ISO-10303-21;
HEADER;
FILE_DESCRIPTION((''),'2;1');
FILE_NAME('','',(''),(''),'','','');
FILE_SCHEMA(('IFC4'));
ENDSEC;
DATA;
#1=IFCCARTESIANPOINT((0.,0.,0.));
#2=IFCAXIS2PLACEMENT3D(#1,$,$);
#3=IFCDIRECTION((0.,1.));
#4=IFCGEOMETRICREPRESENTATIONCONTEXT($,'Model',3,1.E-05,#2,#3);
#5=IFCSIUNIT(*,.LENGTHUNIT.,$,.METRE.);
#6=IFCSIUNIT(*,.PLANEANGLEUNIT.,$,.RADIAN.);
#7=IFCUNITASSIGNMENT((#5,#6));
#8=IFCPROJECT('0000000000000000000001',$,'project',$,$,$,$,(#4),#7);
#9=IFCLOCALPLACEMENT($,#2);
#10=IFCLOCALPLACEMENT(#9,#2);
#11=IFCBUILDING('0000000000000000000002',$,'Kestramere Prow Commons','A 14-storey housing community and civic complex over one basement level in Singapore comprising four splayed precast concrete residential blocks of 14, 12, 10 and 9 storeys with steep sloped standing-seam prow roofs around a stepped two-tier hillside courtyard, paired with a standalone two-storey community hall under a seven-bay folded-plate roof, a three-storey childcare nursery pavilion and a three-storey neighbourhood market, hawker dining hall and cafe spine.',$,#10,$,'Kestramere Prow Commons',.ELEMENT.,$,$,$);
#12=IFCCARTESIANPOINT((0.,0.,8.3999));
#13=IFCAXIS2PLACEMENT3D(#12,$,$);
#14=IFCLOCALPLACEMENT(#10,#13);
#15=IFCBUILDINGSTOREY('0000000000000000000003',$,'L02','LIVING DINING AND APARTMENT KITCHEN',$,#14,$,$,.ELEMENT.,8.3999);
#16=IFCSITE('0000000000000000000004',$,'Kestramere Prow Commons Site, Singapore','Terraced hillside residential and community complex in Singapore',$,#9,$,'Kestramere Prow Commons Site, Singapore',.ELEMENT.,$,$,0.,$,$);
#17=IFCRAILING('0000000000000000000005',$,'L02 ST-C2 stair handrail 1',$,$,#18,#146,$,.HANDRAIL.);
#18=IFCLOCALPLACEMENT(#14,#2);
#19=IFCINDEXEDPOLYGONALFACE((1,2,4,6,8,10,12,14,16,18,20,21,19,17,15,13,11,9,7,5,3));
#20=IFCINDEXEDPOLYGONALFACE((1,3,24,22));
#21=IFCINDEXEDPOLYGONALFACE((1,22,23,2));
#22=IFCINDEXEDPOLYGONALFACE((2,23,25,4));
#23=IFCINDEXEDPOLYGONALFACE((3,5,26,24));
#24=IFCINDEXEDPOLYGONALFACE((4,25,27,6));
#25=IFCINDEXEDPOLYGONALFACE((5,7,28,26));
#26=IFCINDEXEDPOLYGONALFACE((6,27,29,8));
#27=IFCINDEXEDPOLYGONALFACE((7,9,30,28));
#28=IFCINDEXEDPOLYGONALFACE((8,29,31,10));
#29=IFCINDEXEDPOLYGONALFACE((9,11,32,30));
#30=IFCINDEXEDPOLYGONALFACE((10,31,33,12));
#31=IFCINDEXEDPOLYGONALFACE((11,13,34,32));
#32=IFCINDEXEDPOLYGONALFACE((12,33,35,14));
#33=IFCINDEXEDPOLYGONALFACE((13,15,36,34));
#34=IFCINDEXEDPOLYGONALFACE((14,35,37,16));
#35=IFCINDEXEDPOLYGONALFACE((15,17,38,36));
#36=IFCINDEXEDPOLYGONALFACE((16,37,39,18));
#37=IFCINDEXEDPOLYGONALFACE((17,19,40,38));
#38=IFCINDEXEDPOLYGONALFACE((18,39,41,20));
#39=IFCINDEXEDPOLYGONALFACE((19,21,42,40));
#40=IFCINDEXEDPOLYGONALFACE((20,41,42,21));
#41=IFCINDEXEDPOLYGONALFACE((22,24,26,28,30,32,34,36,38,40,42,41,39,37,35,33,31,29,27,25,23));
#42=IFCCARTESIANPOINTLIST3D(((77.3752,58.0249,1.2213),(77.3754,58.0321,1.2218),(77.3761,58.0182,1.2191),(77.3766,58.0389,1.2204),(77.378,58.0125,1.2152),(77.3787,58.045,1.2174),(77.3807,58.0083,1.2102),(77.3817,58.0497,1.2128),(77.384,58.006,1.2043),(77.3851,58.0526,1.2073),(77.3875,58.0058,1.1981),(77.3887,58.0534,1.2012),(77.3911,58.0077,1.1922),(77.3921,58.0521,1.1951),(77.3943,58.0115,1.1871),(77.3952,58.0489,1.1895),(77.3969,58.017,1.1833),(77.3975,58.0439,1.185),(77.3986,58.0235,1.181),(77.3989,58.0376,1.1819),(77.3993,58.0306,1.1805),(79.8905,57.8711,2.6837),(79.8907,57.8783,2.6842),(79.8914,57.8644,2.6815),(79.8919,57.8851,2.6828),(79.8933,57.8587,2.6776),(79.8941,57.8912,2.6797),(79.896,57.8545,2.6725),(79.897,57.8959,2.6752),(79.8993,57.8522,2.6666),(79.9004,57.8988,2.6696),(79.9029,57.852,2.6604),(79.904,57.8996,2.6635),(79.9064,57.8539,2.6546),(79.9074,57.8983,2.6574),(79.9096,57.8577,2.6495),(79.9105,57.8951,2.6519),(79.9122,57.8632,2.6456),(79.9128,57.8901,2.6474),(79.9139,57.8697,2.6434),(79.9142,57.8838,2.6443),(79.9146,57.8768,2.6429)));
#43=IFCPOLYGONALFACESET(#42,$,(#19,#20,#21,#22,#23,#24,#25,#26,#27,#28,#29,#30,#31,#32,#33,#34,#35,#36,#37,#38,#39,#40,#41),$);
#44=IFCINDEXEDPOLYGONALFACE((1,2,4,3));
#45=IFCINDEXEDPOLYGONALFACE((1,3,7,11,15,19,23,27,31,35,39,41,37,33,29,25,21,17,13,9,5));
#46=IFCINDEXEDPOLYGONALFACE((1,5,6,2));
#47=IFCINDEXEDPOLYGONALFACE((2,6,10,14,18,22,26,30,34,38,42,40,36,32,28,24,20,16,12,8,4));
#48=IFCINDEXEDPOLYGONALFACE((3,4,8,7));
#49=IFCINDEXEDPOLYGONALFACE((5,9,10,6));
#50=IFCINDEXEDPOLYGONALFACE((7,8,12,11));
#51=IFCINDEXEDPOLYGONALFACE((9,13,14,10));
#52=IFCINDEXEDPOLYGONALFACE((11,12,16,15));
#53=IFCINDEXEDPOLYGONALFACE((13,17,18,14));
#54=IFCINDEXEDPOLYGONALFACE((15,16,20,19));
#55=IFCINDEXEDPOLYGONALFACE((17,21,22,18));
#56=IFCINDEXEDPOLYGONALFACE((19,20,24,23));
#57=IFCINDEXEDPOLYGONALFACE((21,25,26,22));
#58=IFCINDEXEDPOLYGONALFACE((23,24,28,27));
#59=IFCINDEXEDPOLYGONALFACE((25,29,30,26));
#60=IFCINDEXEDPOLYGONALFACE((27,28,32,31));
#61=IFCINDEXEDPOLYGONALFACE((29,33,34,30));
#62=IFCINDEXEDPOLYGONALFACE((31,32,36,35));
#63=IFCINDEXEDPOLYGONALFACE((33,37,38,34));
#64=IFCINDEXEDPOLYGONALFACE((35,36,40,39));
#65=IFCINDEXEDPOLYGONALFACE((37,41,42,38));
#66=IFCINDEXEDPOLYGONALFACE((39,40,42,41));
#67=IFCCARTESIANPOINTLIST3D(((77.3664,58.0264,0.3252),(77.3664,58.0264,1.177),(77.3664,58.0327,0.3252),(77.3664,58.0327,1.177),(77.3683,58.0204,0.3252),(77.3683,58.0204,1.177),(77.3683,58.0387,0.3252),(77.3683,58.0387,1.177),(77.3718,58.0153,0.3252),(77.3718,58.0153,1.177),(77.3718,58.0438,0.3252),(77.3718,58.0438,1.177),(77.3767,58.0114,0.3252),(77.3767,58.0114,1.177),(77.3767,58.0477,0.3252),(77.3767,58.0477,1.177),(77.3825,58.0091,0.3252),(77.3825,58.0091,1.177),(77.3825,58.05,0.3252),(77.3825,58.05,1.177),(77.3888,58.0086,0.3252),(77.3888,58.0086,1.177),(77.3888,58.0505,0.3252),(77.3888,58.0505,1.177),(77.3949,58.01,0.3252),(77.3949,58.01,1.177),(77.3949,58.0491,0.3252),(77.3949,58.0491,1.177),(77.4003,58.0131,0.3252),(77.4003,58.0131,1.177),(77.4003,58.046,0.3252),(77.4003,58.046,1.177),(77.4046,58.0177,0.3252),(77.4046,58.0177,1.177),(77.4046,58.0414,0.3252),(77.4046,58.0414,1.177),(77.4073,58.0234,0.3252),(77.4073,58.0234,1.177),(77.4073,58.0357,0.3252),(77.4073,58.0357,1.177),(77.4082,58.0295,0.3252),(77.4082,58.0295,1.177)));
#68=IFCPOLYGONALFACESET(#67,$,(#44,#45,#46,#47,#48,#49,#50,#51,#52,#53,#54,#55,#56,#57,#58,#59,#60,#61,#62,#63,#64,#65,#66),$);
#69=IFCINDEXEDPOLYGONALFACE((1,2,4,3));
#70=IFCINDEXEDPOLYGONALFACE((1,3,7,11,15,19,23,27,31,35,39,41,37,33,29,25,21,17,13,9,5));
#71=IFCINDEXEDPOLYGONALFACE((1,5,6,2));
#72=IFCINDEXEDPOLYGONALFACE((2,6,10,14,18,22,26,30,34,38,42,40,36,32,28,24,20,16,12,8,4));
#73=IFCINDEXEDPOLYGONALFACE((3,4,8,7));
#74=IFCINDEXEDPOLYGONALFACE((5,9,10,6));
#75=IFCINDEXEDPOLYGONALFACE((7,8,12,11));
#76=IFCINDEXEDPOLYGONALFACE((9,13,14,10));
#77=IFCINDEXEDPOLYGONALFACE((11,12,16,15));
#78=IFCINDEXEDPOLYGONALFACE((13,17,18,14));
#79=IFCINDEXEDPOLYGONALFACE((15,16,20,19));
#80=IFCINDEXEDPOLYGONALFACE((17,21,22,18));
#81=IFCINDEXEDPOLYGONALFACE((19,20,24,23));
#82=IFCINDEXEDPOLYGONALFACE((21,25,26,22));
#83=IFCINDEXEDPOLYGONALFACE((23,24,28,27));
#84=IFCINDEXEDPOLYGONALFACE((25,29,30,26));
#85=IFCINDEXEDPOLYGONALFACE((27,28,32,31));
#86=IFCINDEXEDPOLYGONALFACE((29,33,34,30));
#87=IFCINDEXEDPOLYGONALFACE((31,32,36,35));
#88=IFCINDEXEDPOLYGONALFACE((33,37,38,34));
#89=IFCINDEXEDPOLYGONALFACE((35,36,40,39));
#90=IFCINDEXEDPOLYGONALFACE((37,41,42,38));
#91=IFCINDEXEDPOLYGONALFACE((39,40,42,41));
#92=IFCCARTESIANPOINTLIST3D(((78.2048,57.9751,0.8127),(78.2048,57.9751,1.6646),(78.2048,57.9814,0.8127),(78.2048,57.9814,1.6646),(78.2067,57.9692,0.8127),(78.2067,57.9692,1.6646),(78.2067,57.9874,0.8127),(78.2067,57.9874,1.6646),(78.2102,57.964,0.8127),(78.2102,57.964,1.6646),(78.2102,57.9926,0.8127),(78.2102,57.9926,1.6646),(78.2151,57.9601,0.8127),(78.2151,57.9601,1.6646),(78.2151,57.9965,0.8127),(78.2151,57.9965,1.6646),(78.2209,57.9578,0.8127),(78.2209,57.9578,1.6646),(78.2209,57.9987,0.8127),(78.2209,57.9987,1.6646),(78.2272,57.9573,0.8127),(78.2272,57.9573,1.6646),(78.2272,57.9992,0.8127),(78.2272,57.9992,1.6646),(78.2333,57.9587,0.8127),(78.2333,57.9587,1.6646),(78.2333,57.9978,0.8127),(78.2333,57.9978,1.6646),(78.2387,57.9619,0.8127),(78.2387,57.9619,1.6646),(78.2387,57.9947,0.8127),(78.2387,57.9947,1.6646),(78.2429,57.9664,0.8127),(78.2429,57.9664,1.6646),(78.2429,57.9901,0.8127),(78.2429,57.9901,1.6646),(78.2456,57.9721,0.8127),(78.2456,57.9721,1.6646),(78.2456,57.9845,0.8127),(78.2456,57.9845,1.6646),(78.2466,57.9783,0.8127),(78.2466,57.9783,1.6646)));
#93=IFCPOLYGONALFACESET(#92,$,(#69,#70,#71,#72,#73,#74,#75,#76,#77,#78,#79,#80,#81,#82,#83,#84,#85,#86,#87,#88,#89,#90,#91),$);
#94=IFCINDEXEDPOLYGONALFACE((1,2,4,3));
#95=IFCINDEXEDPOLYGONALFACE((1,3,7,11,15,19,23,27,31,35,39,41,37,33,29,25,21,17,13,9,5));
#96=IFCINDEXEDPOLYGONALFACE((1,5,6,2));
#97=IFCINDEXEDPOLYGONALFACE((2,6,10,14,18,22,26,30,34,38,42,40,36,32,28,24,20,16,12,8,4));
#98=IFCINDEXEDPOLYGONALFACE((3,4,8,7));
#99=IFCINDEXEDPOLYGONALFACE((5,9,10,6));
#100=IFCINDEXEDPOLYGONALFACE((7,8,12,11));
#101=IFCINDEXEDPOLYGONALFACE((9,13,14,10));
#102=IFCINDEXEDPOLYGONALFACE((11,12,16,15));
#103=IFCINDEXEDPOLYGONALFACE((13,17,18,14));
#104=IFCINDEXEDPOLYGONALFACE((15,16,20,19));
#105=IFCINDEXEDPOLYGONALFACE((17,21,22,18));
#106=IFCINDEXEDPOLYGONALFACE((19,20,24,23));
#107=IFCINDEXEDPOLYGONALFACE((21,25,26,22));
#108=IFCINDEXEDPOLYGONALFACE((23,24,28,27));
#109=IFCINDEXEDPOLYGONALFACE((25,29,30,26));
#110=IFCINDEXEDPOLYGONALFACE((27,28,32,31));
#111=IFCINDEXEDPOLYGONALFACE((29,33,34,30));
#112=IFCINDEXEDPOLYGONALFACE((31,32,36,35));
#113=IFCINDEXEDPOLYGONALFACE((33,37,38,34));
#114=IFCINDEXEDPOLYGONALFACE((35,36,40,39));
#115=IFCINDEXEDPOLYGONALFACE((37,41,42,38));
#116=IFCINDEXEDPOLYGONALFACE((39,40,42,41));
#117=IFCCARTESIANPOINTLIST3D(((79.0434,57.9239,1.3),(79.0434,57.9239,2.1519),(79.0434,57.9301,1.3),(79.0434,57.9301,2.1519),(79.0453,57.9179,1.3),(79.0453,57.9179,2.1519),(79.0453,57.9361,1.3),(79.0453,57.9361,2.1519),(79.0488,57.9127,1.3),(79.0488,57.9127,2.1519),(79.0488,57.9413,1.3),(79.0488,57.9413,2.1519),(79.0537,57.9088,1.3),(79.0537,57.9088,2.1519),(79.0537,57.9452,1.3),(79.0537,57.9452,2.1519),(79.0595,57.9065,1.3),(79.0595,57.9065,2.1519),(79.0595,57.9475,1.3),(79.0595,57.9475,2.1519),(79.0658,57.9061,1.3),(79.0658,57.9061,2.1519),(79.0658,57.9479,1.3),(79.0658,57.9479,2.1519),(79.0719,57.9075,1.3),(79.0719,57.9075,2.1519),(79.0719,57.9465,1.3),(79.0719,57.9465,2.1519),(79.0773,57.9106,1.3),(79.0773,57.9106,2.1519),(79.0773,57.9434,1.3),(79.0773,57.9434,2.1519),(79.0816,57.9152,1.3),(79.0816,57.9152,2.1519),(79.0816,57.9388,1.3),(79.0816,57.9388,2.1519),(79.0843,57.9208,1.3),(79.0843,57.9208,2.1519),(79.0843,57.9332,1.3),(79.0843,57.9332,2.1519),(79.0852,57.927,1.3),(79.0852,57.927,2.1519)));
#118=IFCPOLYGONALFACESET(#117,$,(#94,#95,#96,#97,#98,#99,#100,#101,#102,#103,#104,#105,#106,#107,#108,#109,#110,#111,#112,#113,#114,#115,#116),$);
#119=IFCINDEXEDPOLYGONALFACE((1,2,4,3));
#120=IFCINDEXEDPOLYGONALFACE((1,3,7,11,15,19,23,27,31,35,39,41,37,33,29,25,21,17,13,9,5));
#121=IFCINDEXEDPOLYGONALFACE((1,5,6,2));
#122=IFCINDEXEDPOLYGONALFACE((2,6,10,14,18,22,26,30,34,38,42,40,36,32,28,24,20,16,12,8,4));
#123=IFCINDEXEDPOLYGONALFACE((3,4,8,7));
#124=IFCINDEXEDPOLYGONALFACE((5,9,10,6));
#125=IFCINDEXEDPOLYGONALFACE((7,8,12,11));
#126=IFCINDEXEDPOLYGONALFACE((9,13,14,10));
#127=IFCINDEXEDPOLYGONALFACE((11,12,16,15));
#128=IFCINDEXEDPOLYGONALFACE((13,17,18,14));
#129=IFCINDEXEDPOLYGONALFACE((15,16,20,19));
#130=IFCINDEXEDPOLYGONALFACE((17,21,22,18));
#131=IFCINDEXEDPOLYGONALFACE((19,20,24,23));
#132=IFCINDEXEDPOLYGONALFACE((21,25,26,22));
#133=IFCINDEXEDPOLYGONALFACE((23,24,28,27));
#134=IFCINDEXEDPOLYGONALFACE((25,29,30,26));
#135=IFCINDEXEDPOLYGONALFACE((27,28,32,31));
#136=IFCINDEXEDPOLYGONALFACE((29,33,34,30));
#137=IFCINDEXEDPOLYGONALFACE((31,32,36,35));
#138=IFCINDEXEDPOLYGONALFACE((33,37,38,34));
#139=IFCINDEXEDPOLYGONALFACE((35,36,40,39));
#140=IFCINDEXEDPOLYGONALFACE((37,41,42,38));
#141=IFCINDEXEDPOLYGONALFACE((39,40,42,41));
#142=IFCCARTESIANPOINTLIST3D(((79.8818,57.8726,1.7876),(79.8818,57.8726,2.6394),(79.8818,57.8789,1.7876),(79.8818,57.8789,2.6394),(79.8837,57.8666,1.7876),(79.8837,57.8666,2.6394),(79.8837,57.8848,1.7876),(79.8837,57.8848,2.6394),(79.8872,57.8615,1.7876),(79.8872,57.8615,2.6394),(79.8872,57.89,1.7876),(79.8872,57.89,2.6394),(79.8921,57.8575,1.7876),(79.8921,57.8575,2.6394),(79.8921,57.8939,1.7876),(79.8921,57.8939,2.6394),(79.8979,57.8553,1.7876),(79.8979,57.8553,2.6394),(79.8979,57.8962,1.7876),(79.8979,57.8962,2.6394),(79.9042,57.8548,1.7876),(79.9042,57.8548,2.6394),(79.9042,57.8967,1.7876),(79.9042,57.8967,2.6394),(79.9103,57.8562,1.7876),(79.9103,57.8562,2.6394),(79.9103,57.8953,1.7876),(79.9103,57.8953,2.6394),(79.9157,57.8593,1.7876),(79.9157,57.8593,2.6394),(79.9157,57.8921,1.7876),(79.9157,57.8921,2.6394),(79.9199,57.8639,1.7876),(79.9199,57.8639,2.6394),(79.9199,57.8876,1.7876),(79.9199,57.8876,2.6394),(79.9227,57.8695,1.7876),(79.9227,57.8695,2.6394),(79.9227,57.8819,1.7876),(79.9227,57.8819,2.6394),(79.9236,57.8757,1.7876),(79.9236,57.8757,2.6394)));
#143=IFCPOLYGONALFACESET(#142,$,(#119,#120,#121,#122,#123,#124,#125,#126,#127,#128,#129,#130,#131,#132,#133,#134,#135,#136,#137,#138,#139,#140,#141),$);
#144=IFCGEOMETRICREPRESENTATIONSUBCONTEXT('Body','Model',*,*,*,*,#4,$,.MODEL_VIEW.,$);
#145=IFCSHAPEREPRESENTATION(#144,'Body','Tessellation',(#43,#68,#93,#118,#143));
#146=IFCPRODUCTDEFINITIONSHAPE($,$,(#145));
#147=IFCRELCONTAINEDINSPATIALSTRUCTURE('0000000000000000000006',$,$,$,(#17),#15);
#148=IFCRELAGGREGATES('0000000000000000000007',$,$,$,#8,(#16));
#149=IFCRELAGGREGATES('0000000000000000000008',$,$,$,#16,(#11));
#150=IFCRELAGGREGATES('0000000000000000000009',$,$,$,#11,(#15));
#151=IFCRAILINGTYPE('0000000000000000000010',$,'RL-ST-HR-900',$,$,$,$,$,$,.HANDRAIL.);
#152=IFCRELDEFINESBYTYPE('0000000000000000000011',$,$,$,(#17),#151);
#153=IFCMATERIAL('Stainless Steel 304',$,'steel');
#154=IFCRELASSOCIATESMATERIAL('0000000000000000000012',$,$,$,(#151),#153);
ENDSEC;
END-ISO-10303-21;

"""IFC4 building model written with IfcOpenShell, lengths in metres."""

from ifc_helpers import new_model, si_unit, direction, frame, origin, origin_2d, place, context, subcontext, project, spatial, circle, extrude, material, type_object, element, save


model = new_model("IFC4")

# Units and contexts
model_context = context("Model", 3, precision=1e-05, world=origin(), true_north=direction((0.0, 1.0)))
body_context = subcontext(model_context, "Body", "Model", "MODEL_VIEW")
ifc_project = project(units=[si_unit("LENGTHUNIT", "METRE"), si_unit("PLANEANGLEUNIT", "RADIAN")], contexts=[model_context])

# Site, building, storey
site_placement = place(None, origin())
site = spatial("IfcSite", under=ifc_project, at=site_placement, Name="Kestramere Prow Commons Site, Singapore", Description="Terraced hillside residential and community complex in Singapore", LongName="Kestramere Prow Commons Site, Singapore", CompositionType="ELEMENT", RefElevation=0.0)
building_placement = place(site_placement, origin())
building = spatial("IfcBuilding", under=site, at=building_placement, Name="Kestramere Prow Commons", Description="A 14-storey housing community and civic complex over one basement level in Singapore comprising four splayed precast concrete residential blocks of 14, 12, 10 and 9 storeys with steep sloped standing-seam prow roofs around a stepped two-tier hillside courtyard, paired with a standalone two-storey community hall under a seven-bay folded-plate roof, a three-storey childcare nursery pavilion and a three-storey neighbourhood market, hawker dining hall and cafe spine.", LongName="Kestramere Prow Commons", CompositionType="ELEMENT")
storey_placement = place(building_placement, frame((0.0, 0.0, 8.3999)))
storey = spatial("IfcBuildingStorey", under=building, at=storey_placement, Name="L02", Description="LIVING DINING AND APARTMENT KITCHEN", CompositionType="ELEMENT", Elevation=8.3999)

# Railing
ifc_material_1 = material(Name="Stainless Steel 304", Category="steel")
railing_type = type_object("IfcRailingType", Name="RL-ST-HR-900", PredefinedType="HANDRAIL", material=ifc_material_1)
railing_placement = place(storey_placement, frame((77.3872, 58.0295, 0.3252)))
element("IfcRailing", 1, at=railing_placement, inside=storey, type_object=railing_type, Name="L02 ST-C2 stair handrail 1", PredefinedType="HANDRAIL", context=body_context, shape_type="SweptSolid", body=[
    extrude(circle(Radius=0.0239, at=origin_2d()), frame((0.0, 0.0, 0.876), z_axis=(0.863306, -0.052789, 0.501912), x_axis=(0.061033, 0.998136, 0.0)), (0.0, 0.0, 1.0), 2.9136),
    extrude(circle(Radius=0.021, at=origin_2d()), origin(), (0.0, 0.0, 1.0), 0.8518),
    extrude(circle(Radius=0.021, at=origin_2d()), frame((0.8384, -0.0513, 0.4875)), (0.0, 0.0, 1.0), 0.8518),
    extrude(circle(Radius=0.021, at=origin_2d()), frame((1.677, -0.1025, 0.9749)), (0.0, 0.0, 1.0), 0.8518),
    extrude(circle(Radius=0.021, at=origin_2d()), frame((2.5154, -0.1538, 1.4624)), (0.0, 0.0, 1.0), 0.8518),
])

save(model, "model.ifc")
